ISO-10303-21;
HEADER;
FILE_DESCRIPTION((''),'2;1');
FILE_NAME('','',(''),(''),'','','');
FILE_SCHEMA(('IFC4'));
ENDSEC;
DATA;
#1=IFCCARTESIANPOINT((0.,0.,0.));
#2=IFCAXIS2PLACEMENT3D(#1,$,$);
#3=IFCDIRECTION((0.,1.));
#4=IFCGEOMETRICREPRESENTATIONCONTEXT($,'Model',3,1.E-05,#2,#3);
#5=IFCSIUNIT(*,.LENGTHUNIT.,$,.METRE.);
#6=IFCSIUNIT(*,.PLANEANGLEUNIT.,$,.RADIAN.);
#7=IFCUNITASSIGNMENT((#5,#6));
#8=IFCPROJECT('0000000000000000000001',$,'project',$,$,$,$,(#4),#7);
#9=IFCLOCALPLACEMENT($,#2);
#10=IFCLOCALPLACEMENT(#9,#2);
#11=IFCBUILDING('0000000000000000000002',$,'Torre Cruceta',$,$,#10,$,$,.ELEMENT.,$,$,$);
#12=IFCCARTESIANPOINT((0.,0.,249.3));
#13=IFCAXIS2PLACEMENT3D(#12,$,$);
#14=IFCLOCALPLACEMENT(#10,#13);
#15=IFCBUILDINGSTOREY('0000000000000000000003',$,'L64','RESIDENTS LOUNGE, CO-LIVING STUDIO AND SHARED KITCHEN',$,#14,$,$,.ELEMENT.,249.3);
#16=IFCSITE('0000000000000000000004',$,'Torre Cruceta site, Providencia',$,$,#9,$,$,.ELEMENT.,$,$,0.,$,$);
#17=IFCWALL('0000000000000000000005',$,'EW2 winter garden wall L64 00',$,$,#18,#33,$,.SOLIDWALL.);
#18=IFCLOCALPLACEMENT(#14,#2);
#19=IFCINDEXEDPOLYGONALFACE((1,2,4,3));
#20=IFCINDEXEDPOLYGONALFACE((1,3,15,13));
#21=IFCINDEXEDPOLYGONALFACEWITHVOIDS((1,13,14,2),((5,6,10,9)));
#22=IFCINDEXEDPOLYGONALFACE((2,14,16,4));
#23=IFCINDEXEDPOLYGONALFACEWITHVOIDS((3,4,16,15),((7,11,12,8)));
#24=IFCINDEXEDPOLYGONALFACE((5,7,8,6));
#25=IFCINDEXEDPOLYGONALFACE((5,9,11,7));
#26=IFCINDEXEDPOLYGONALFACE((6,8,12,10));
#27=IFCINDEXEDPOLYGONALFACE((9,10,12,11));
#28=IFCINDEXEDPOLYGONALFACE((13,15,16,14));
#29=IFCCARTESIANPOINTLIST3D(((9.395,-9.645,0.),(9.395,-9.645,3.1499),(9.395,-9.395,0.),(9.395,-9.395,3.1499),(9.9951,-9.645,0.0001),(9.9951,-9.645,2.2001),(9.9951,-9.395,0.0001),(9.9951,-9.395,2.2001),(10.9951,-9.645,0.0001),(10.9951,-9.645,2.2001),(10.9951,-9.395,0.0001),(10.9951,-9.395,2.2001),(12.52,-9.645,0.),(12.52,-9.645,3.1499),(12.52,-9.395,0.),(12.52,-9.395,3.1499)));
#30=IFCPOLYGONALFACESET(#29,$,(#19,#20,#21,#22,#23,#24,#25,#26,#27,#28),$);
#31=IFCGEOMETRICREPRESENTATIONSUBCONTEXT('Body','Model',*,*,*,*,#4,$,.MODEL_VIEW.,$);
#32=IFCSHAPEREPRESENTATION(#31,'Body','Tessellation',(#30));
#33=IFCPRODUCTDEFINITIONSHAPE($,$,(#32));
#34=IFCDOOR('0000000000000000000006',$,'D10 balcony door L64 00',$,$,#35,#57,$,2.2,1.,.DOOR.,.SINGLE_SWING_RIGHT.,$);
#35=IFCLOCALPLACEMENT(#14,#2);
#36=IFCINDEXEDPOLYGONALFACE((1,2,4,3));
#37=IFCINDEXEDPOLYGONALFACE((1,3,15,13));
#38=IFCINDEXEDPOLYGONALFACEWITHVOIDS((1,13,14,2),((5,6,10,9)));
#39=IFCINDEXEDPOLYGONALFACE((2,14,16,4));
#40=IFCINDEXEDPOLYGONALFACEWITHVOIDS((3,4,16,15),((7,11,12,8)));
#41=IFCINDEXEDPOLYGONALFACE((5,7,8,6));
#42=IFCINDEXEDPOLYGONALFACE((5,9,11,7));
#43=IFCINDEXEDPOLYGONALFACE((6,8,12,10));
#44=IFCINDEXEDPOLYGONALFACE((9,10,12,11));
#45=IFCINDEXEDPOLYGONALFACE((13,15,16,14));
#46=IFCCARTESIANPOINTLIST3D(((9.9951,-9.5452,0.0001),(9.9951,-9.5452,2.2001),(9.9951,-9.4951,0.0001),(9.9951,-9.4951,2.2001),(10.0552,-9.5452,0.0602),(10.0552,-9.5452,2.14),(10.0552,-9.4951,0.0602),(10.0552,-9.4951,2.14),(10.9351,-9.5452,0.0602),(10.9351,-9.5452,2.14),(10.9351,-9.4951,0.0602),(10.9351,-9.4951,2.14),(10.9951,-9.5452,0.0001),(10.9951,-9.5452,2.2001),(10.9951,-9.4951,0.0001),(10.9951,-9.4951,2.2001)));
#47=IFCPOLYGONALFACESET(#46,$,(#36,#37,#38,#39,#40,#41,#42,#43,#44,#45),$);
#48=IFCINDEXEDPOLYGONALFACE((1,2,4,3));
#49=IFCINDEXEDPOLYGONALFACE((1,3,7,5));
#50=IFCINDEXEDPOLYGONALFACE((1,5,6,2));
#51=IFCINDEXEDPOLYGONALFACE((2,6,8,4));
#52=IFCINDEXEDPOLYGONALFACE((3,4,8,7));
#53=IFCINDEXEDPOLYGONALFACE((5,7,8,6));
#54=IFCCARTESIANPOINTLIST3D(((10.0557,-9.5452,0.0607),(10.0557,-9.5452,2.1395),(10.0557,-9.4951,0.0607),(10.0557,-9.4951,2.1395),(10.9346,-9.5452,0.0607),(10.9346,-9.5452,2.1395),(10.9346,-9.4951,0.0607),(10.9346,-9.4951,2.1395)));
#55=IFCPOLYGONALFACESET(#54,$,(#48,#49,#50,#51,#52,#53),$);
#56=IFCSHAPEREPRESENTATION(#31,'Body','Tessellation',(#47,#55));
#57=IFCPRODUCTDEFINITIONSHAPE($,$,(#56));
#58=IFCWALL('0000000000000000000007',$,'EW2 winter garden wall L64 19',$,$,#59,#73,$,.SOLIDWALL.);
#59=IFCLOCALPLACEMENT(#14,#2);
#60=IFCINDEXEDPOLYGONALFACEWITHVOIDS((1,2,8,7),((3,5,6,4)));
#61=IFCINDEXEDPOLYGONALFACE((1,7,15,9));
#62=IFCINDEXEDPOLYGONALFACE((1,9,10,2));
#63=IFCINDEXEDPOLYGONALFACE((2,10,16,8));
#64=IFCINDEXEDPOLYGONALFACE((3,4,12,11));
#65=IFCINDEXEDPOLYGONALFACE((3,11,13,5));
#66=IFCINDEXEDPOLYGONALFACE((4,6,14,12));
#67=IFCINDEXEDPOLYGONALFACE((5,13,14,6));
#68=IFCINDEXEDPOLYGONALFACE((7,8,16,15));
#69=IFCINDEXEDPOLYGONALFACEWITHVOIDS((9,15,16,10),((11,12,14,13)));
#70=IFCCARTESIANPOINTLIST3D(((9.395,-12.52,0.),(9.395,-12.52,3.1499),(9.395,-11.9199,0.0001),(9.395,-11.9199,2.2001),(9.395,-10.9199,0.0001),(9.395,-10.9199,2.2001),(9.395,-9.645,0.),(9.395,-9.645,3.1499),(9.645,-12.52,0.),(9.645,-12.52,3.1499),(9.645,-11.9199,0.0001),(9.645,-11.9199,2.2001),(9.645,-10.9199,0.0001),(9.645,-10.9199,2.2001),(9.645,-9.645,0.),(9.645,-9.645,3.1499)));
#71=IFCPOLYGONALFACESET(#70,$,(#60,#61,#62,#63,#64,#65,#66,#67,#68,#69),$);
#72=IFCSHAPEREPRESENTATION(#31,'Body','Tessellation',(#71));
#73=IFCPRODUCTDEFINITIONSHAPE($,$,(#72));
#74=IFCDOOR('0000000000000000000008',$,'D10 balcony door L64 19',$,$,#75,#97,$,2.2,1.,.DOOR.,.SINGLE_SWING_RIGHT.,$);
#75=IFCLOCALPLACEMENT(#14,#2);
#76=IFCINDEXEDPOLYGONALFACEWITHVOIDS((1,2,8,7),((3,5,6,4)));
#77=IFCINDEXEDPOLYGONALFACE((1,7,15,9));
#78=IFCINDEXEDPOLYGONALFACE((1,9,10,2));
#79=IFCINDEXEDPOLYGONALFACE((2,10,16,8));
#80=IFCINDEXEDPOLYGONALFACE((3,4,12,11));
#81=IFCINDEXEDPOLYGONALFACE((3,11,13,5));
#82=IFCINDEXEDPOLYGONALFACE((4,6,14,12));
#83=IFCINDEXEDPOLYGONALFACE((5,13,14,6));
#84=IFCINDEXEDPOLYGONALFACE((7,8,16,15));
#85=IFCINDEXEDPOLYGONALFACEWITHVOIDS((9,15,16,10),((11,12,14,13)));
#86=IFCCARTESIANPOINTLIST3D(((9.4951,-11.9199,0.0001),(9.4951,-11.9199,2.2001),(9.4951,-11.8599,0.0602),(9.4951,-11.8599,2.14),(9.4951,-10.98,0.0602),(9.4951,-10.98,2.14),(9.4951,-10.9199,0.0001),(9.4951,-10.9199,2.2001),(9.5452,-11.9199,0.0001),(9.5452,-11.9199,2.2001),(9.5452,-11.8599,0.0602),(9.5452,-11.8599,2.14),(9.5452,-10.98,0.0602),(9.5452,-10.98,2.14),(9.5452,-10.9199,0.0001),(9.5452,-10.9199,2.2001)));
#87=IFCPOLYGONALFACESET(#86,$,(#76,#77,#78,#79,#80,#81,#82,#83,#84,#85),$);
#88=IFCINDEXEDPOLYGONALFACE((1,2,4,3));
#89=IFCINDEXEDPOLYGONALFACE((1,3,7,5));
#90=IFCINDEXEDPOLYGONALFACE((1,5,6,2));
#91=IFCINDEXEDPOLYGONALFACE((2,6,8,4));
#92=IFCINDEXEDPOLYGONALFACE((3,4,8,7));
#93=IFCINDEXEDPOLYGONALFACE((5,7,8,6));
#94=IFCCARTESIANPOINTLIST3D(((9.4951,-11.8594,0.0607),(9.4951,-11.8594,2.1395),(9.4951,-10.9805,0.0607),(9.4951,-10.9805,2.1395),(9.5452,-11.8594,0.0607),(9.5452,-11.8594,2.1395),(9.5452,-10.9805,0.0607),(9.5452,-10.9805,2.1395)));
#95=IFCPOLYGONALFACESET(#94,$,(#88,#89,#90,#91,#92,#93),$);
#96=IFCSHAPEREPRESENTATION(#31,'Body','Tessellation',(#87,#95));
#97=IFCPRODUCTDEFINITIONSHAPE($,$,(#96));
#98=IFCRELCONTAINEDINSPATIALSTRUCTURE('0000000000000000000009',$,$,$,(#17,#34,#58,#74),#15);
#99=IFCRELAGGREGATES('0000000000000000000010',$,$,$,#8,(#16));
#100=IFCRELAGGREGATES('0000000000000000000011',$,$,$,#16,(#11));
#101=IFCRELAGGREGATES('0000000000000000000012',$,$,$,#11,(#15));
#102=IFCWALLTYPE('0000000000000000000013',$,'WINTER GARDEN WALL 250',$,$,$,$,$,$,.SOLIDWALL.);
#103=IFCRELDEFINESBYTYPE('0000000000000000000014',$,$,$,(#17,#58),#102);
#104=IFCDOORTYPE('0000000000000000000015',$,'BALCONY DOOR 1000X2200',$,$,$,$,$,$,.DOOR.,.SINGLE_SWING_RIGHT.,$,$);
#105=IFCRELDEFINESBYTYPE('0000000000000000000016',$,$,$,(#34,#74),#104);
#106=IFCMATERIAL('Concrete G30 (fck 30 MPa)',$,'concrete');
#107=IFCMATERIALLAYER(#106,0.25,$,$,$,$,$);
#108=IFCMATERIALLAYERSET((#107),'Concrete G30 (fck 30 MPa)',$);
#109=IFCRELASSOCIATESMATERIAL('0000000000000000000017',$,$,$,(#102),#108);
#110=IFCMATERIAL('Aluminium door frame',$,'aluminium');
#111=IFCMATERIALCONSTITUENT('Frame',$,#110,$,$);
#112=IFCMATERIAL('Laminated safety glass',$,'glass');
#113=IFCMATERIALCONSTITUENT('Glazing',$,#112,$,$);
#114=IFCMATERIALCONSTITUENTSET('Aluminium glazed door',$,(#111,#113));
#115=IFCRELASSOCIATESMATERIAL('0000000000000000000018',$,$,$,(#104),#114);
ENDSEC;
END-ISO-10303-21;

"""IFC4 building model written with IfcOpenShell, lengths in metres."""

from ifc_helpers import new_model, si_unit, direction, frame, frame_2d, origin, place, context, subcontext, project, spatial, rectangle, hollow_rectangle, extrude, material, layer, layer_set, constituent, constituent_set, type_object, element, fill, save


model = new_model("IFC4")

# Units and contexts
model_context = context("Model", 3, precision=1e-05, world=origin(), true_north=direction((0.0, 1.0)))
body_context = subcontext(model_context, "Body", "Model", "MODEL_VIEW")
ifc_project = project(units=[si_unit("LENGTHUNIT", "METRE"), si_unit("PLANEANGLEUNIT", "RADIAN")], contexts=[model_context])

# Site, building, storey
site_placement = place(None, origin())
site = spatial("IfcSite", under=ifc_project, at=site_placement, Name="Torre Cruceta site, Providencia", CompositionType="ELEMENT", RefElevation=0.0)
building_placement = place(site_placement, origin())
building = spatial("IfcBuilding", under=site, at=building_placement, Name="Torre Cruceta", CompositionType="ELEMENT")
storey_placement = place(building_placement, frame((0.0, 0.0, 249.3)))
storey = spatial("IfcBuildingStorey", under=building, at=storey_placement, Name="L64", Description="RESIDENTS LOUNGE, CO-LIVING STUDIO AND SHARED KITCHEN", CompositionType="ELEMENT", Elevation=249.3)

# Walls, openings, doors
ifc_material_1 = material(Name="Concrete G30 (fck 30 MPa)", Category="concrete")
ifc_layer_1 = layer(ifc_material_1, 0.25)
ifc_layer_set_1 = layer_set([ifc_layer_1], Name="Concrete G30 (fck 30 MPa)")
wall_type_1 = type_object("IfcWallType", Name="WINTER GARDEN WALL 250", PredefinedType="SOLIDWALL", material=ifc_layer_set_1)
wall_1_placement = place(storey_placement, frame((9.395, -9.52, 0.0), z_axis=(0.0, 0.0, 1.0), x_axis=(1.0, 0.0, 0.0)))
wall_1 = element("IfcWall", 1, at=wall_1_placement, inside=storey, type_object=wall_type_1, Name="EW2 winter garden wall L64 00", PredefinedType="SOLIDWALL", context=body_context, shape_type="SweptSolid", body=[
    extrude(rectangle(XDim=3.125, YDim=0.25, at=frame_2d((1.5625, 0.0))), origin(), (0.0, 0.0, 1.0), 3.1499),
])
opening_1_placement = place(wall_1_placement, frame((0.6001, 0.0, 0.0)))
opening_1 = element("IfcOpeningElement", 2, at=opening_1_placement, cuts=wall_1, PredefinedType="OPENING", context=body_context, shape_type="SweptSolid", body=[
    extrude(rectangle(XDim=1.0, YDim=2.2, at=frame_2d((0.5, 1.1001))), frame((0.0, 0.135, 0.0), z_axis=(0.0, -1.0, 0.0), x_axis=(1.0, 0.0, 0.0)), (0.0, 0.0, 1.0), 0.27),
])
ifc_material_2 = material(Name="Aluminium door frame", Category="aluminium")
ifc_constituent_1 = constituent(ifc_material_2, Name="Frame")
ifc_material_3 = material(Name="Laminated safety glass", Category="glass")
ifc_constituent_2 = constituent(ifc_material_3, Name="Glazing")
ifc_constituent_set_1 = constituent_set(constituents=[ifc_constituent_1, ifc_constituent_2], Name="Aluminium glazed door")
door_type_1 = type_object("IfcDoorType", Name="BALCONY DOOR 1000X2200", OperationType="SINGLE_SWING_RIGHT", PredefinedType="DOOR", material=ifc_constituent_set_1)
door_1_placement = place(opening_1_placement, origin())
door_1 = element("IfcDoor", 3, at=door_1_placement, inside=storey, type_object=door_type_1, Name="D10 balcony door L64 00", OperationType="SINGLE_SWING_RIGHT", OverallHeight=2.2, OverallWidth=1.0, PredefinedType="DOOR", context=body_context, shape_type="SweptSolid", body=[
    extrude(hollow_rectangle(XDim=1.0, YDim=2.2, WallThickness=0.0601, at=frame_2d((0.5, 1.1001))), frame((0.0, 0.0249, 0.0), z_axis=(0.0, -1.0, 0.0), x_axis=(1.0, 0.0, 0.0)), (0.0, 0.0, 1.0), 0.05),
    extrude(rectangle(XDim=0.8789, YDim=2.0789, at=frame_2d((0.5, 1.1001))), frame((0.0, 0.0249, 0.0), z_axis=(0.0, -1.0, 0.0), x_axis=(1.0, 0.0, 0.0)), (0.0, 0.0, 1.0), 0.05),
])
fill(opening_1, door_1)
wall_2_placement = place(storey_placement, frame((9.52, -12.52, 0.0), z_axis=(0.0, 0.0, 1.0), x_axis=(0.0, 1.0, 0.0)))
wall_2 = element("IfcWall", 4, at=wall_2_placement, inside=storey, type_object=wall_type_1, Name="EW2 winter garden wall L64 19", PredefinedType="SOLIDWALL", context=body_context, shape_type="SweptSolid", body=[
    extrude(rectangle(XDim=2.875, YDim=0.25, at=frame_2d((1.4375, 0.0))), origin(), (0.0, 0.0, 1.0), 3.1499),
])
opening_2_placement = place(wall_2_placement, frame((0.6001, 0.0, 0.0)))
opening_2 = element("IfcOpeningElement", 5, at=opening_2_placement, cuts=wall_2, PredefinedType="OPENING", context=body_context, shape_type="SweptSolid", body=[
    extrude(rectangle(XDim=1.0, YDim=2.2, at=frame_2d((0.5, 1.1001))), frame((0.0, 0.135, 0.0), z_axis=(0.0, -1.0, 0.0), x_axis=(1.0, 0.0, 0.0)), (0.0, 0.0, 1.0), 0.27),
])
door_2_placement = place(opening_2_placement, origin())
door_2 = element("IfcDoor", 6, at=door_2_placement, inside=storey, type_object=door_type_1, Name="D10 balcony door L64 19", OperationType="SINGLE_SWING_RIGHT", OverallHeight=2.2, OverallWidth=1.0, PredefinedType="DOOR", context=body_context, shape_type="SweptSolid", body=[
    extrude(hollow_rectangle(XDim=1.0, YDim=2.2, WallThickness=0.0601, at=frame_2d((0.5, 1.1001))), frame((0.0, 0.0249, 0.0), z_axis=(0.0, -1.0, 0.0), x_axis=(1.0, 0.0, 0.0)), (0.0, 0.0, 1.0), 0.05),
    extrude(rectangle(XDim=0.8789, YDim=2.0789, at=frame_2d((0.5, 1.1001))), frame((0.0, 0.0249, 0.0), z_axis=(0.0, -1.0, 0.0), x_axis=(1.0, 0.0, 0.0)), (0.0, 0.0, 1.0), 0.05),
])
fill(opening_2, door_2)

save(model, "model.ifc")
